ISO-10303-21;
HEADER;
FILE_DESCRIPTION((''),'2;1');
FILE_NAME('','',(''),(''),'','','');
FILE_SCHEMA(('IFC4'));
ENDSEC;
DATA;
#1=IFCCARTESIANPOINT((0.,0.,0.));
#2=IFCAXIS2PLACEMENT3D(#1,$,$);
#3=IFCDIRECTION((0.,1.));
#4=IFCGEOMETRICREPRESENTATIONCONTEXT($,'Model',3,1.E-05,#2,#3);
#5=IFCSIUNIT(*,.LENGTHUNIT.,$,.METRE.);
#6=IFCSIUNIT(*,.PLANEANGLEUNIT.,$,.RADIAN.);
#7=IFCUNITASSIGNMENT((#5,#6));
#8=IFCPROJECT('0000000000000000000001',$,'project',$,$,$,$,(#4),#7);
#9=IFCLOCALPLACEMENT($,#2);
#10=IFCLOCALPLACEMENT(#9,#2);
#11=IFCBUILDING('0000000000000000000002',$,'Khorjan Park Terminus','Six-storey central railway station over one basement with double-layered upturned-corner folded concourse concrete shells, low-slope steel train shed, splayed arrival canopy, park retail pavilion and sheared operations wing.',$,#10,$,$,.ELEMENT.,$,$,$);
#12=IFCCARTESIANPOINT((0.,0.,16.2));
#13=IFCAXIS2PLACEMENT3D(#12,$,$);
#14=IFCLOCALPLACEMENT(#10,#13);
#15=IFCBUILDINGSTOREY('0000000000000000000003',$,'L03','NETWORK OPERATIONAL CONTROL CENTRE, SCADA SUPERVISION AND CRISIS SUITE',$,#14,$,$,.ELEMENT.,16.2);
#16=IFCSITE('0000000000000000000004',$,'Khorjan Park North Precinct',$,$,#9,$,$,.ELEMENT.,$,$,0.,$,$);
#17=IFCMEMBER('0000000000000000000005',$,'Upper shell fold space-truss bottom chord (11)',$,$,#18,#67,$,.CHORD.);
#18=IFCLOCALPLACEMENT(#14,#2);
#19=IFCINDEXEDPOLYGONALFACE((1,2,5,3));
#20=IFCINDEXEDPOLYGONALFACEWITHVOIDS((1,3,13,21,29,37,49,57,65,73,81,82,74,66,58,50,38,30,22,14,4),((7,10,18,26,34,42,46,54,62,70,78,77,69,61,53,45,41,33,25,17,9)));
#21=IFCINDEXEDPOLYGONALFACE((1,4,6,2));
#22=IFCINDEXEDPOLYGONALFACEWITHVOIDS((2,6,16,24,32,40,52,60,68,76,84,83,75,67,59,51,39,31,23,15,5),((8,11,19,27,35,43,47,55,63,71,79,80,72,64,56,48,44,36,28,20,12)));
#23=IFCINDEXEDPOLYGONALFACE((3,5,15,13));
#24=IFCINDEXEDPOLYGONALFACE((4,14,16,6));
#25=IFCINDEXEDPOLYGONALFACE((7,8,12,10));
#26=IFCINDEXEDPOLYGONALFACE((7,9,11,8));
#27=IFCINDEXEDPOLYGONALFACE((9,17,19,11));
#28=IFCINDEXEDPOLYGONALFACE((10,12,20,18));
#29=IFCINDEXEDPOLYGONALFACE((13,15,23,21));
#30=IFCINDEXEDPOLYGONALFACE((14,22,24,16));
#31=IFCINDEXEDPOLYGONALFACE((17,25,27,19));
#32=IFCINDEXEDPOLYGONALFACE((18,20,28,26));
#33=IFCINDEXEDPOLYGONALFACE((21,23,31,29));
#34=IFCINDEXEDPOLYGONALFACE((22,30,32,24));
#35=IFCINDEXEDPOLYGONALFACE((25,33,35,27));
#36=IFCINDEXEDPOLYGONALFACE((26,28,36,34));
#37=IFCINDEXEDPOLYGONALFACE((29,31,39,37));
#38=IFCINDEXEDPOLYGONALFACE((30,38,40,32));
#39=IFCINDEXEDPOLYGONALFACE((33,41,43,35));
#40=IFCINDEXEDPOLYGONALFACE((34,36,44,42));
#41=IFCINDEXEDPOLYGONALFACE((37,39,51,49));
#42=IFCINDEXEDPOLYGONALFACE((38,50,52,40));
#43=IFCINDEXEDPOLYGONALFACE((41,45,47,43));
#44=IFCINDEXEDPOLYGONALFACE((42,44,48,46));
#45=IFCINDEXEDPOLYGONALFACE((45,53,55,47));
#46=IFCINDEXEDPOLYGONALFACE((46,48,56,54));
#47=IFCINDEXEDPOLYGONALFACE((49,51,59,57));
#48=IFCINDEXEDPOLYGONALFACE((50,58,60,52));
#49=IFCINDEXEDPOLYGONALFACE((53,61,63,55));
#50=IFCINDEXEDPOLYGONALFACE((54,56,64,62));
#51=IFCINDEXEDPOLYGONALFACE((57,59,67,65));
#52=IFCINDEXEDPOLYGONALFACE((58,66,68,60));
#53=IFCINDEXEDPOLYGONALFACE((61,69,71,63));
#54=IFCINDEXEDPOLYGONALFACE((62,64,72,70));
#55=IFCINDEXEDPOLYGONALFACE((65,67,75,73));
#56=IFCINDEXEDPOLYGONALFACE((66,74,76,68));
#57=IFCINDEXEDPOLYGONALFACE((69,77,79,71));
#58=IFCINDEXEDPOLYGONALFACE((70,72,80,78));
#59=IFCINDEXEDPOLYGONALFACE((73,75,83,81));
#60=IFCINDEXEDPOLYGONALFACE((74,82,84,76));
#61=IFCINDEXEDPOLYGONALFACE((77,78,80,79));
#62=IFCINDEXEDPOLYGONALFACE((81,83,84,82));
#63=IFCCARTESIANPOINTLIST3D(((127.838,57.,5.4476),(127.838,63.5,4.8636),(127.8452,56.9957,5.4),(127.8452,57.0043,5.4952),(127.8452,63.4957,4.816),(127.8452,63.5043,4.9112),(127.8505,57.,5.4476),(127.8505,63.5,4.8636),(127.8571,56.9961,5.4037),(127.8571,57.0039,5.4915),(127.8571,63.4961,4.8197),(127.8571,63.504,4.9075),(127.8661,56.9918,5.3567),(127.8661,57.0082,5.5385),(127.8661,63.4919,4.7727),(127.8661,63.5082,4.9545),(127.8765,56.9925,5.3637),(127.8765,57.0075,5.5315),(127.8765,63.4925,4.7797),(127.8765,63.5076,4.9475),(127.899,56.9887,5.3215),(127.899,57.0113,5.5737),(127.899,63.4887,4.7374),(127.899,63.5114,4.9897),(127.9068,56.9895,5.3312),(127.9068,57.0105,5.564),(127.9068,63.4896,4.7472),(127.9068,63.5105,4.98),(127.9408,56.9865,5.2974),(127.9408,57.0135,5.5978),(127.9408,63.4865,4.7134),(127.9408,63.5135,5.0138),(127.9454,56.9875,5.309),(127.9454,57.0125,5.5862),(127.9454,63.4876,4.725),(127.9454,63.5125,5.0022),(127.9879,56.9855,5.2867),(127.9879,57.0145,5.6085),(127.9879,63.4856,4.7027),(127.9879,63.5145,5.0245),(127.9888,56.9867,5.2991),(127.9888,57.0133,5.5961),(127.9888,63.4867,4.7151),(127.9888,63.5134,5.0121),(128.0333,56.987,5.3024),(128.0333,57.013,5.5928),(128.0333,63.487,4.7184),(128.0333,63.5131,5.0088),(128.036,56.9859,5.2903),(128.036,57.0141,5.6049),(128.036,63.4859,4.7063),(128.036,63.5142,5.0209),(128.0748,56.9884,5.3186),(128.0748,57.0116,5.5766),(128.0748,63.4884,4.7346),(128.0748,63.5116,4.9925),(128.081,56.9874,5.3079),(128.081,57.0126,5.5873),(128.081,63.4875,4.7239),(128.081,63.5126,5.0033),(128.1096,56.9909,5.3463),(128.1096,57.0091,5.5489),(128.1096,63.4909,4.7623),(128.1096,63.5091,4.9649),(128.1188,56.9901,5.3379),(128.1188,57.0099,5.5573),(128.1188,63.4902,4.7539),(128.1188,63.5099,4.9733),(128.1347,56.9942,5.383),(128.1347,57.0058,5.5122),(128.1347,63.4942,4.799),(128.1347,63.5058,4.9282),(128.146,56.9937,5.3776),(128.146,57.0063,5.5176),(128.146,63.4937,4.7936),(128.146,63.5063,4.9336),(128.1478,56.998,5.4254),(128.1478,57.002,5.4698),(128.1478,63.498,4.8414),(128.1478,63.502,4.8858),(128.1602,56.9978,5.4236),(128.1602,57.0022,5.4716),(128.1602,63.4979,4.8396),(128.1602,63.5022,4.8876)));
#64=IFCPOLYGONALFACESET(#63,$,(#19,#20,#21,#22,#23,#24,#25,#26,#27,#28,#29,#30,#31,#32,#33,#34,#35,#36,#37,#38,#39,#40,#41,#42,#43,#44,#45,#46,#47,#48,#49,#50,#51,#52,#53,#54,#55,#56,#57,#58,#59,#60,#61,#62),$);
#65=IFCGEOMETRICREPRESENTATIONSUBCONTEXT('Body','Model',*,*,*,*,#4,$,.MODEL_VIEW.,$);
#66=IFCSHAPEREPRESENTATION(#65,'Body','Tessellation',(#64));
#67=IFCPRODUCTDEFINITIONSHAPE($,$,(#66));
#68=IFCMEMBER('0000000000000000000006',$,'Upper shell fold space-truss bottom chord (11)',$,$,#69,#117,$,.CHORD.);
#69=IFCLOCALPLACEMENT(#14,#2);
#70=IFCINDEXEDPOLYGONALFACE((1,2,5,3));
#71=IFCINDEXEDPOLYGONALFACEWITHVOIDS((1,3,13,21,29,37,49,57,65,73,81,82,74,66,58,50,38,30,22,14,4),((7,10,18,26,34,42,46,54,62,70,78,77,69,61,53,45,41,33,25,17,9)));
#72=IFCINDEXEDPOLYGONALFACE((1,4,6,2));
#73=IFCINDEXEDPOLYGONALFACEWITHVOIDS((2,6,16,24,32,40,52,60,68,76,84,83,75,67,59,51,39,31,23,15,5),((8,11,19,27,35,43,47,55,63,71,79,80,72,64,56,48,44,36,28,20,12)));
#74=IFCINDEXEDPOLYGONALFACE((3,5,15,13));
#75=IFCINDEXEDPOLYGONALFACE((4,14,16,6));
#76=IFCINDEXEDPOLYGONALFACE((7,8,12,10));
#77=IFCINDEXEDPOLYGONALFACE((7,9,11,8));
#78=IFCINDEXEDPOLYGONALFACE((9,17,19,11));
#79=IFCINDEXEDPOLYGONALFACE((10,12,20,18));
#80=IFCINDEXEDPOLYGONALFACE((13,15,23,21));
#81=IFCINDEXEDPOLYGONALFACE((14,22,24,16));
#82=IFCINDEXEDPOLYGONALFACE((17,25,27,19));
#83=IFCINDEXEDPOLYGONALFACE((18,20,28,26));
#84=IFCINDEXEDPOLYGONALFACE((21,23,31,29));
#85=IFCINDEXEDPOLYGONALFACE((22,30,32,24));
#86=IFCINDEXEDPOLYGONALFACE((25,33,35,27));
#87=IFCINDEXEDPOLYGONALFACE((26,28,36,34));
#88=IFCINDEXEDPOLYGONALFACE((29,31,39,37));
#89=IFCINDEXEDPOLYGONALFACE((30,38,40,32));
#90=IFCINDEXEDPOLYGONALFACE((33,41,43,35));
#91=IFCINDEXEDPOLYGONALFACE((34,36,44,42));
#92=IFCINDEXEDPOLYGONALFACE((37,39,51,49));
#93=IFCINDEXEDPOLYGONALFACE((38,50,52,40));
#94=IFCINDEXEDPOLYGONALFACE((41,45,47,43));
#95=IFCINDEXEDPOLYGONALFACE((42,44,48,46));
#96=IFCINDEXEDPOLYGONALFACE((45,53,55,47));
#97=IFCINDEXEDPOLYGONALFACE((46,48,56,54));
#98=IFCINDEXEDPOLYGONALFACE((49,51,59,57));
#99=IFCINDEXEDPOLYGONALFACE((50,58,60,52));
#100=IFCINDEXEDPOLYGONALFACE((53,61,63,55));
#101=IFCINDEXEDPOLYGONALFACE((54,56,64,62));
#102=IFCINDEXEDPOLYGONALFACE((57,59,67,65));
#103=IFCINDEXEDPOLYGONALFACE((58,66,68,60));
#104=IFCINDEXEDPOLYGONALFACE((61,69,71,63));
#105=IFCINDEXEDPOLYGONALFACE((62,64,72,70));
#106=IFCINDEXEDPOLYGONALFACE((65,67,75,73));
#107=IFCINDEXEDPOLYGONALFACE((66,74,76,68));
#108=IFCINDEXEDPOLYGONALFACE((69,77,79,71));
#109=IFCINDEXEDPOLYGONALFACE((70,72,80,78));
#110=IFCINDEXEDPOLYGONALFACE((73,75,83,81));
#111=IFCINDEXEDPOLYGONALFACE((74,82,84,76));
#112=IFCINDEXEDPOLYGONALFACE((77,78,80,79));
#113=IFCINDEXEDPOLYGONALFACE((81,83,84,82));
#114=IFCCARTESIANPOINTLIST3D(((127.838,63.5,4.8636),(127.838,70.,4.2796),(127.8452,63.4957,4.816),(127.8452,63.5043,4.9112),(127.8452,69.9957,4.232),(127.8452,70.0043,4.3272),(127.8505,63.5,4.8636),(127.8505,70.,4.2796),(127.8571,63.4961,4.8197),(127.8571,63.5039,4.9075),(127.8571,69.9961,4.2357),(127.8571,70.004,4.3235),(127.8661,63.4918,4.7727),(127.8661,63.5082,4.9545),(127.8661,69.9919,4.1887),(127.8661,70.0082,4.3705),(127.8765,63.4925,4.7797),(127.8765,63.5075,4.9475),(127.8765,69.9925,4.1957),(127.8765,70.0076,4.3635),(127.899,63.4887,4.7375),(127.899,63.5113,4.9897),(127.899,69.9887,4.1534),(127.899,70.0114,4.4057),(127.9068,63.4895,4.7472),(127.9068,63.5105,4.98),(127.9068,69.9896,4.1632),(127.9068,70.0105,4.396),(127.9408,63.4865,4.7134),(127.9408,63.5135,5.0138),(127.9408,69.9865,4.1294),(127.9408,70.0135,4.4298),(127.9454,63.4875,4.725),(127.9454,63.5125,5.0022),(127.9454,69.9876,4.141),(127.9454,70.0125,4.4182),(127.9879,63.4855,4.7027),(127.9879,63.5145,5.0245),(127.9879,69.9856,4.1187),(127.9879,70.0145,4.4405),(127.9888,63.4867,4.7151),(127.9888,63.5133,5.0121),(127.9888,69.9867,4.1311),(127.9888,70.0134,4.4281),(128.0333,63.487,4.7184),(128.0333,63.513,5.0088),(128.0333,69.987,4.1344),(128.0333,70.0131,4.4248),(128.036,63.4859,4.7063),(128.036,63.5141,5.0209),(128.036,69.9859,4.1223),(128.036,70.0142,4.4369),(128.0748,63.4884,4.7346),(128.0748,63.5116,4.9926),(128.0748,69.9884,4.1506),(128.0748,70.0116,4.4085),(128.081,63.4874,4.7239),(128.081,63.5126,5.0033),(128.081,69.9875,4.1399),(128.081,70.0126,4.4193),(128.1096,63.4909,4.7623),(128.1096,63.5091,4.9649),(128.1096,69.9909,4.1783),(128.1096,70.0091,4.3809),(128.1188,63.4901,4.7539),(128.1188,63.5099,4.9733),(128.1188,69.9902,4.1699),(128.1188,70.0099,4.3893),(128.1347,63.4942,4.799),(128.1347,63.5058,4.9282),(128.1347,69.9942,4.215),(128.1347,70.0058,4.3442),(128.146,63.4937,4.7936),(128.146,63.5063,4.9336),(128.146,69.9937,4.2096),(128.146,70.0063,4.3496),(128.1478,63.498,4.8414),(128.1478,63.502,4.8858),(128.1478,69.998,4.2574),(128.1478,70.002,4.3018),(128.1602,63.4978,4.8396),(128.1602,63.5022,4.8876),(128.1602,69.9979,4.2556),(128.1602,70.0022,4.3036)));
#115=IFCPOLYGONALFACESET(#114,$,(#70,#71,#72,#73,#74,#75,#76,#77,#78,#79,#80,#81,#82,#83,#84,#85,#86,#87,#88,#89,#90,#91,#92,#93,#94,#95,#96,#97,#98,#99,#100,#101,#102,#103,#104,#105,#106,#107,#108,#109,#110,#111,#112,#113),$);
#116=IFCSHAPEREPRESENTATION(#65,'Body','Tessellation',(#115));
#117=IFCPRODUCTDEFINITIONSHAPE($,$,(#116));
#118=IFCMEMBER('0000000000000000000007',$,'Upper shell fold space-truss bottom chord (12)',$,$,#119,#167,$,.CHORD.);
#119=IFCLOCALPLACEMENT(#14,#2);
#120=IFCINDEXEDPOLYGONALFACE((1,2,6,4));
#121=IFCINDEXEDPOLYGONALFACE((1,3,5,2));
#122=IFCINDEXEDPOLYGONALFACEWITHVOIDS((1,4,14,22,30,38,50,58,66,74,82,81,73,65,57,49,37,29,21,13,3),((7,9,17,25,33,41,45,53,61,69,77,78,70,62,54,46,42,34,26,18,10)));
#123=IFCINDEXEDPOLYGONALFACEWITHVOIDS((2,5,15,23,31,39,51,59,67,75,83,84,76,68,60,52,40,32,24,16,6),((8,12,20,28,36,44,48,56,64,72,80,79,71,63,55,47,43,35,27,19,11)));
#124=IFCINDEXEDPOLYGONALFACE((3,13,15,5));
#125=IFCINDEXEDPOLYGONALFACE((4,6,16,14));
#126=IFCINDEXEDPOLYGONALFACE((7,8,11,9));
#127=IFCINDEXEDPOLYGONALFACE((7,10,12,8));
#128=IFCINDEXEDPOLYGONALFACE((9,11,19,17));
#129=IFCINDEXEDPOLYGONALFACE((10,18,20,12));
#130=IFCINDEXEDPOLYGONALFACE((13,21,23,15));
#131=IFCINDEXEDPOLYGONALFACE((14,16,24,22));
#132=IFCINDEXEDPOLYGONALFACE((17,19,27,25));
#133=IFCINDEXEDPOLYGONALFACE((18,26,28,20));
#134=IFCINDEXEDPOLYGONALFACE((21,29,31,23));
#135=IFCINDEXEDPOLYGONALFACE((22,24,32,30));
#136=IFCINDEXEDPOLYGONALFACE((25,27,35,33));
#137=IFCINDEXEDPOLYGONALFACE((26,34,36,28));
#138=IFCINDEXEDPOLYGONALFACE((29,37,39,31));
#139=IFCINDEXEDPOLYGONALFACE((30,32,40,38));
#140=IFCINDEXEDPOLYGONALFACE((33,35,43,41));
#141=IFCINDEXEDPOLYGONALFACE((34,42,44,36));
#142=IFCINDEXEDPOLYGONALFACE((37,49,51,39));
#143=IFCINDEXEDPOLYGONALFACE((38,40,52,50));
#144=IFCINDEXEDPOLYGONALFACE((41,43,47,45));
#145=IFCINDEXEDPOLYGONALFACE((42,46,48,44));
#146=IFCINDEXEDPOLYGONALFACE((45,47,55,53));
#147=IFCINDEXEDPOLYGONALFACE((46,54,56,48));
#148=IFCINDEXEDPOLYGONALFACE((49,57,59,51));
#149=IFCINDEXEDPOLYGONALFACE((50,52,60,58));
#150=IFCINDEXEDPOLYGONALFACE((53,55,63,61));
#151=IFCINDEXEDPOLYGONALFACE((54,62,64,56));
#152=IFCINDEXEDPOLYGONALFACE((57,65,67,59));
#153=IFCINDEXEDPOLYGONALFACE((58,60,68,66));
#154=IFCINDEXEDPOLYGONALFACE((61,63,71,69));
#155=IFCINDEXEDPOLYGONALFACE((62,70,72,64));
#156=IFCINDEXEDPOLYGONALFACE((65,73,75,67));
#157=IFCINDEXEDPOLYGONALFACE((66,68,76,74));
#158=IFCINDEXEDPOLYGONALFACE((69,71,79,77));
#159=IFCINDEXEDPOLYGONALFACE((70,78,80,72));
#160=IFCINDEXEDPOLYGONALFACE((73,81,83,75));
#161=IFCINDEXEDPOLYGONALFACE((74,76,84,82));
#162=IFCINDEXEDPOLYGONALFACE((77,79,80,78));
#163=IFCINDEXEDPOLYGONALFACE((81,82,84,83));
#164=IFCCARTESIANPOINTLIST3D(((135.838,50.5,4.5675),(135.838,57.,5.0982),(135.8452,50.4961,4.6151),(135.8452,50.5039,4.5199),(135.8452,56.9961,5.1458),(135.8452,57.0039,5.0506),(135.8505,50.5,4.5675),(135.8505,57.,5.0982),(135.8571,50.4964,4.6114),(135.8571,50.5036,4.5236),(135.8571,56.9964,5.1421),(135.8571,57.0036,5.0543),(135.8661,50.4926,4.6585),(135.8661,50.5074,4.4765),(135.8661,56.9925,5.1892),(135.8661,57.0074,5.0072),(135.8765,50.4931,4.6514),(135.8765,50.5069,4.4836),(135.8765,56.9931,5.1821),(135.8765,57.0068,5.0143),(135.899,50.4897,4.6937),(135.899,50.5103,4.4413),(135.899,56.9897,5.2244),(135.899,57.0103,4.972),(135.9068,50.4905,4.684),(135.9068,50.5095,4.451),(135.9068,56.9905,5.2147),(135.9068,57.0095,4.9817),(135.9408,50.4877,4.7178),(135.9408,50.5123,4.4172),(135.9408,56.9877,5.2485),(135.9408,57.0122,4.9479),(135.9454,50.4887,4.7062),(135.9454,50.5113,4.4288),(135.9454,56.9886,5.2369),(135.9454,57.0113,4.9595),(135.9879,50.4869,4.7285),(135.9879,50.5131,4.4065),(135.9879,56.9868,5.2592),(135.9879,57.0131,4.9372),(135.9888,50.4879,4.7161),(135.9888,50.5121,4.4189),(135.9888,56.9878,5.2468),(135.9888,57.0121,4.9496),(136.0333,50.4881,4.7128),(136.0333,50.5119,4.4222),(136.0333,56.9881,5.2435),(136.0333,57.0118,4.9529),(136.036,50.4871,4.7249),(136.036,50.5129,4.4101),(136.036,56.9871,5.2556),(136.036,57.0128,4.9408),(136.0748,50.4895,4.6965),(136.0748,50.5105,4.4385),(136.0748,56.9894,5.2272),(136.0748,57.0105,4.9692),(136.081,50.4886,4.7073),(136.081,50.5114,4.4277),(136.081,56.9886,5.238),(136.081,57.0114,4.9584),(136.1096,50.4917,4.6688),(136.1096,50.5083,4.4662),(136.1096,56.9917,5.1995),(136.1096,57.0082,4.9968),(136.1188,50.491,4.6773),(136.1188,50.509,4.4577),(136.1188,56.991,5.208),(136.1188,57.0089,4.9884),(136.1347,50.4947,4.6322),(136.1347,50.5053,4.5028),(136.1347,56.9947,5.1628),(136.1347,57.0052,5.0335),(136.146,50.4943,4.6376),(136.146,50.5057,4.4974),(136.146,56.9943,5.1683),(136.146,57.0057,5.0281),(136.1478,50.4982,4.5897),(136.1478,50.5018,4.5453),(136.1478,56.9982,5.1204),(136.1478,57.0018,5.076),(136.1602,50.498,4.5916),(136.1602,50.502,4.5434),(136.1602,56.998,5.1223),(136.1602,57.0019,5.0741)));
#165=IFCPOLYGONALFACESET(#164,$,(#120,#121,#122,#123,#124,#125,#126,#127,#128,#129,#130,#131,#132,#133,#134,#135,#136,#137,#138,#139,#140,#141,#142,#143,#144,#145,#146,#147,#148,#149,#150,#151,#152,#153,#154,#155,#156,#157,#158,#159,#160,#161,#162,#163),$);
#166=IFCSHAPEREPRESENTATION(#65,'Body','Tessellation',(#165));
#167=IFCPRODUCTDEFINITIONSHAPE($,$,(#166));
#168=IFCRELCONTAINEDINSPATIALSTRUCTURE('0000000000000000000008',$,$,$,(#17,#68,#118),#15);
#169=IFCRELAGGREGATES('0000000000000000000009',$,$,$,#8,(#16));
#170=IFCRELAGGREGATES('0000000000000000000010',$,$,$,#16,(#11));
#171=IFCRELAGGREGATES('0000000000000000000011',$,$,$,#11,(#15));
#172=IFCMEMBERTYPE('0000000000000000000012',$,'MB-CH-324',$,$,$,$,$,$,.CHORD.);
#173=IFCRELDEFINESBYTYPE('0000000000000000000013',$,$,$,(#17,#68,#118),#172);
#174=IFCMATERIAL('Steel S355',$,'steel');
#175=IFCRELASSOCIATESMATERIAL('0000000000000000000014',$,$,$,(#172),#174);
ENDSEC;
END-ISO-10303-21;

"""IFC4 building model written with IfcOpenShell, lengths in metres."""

from ifc_helpers import new_model, si_unit, direction, frame, origin, origin_2d, place, context, subcontext, project, spatial, hollow_circle, extrude, material, material_profile, profile_set, type_object, element, save


model = new_model("IFC4")

# Units and contexts
model_context = context("Model", 3, precision=1e-05, world=origin(), true_north=direction((0.0, 1.0)))
body_context = subcontext(model_context, "Body", "Model", "MODEL_VIEW")
ifc_project = project(units=[si_unit("LENGTHUNIT", "METRE"), si_unit("PLANEANGLEUNIT", "RADIAN")], contexts=[model_context])

# Site, building, storey
site_placement = place(None, origin())
site = spatial("IfcSite", under=ifc_project, at=site_placement, Name="Khorjan Park North Precinct", CompositionType="ELEMENT", RefElevation=0.0)
building_placement = place(site_placement, origin())
building = spatial("IfcBuilding", under=site, at=building_placement, Name="Khorjan Park Terminus", Description="Six-storey central railway station over one basement with double-layered upturned-corner folded concourse concrete shells, low-slope steel train shed, splayed arrival canopy, park retail pavilion and sheared operations wing.", CompositionType="ELEMENT")
storey_placement = place(building_placement, frame((0.0, 0.0, 16.2)))
storey = spatial("IfcBuildingStorey", under=building, at=storey_placement, Name="L03", Description="NETWORK OPERATIONAL CONTROL CENTRE, SCADA SUPERVISION AND CRISIS SUITE", CompositionType="ELEMENT", Elevation=16.2)

# Members
ifc_material_1 = material(Name="Steel S355", Category="steel")
ifc_material_profile_1 = material_profile(ifc_material_1, hollow_circle(Radius=0.162, WallThickness=0.0125, at=origin_2d()), Name="CHS 323.9x12.5")
ifc_profile_set_1 = profile_set([ifc_material_profile_1], Name="Steel S355")
member_type_1 = type_object("IfcMemberType", Name="MB-CH-324", PredefinedType="CHORD", material=ifc_profile_set_1)
for number, where, z_axis, x_axis, name in (
    (1, (128.0, 57.0, 5.4476), (0.0, 0.995988, -0.089486), (-1.0, 0.0, 0.0), "Upper shell fold space-truss bottom chord (11)"),
    (2, (128.0, 63.5, 4.8636), (0.0, 0.995988, -0.089486), (-1.0, 0.0, 0.0), "Upper shell fold space-truss bottom chord (11)"),
):
    element("IfcMember", number, at=place(storey_placement, frame(where, z_axis=z_axis, x_axis=x_axis)), inside=storey, type_object=member_type_1, Name=name, PredefinedType="CHORD", context=body_context, shape_type="SweptSolid", body=[
        extrude(hollow_circle(Radius=0.162, WallThickness=0.0125, at=origin_2d()), origin(), (0.0, 0.0, 1.0), 6.5262),
    ])
for number, where, z_axis, x_axis, name in (
    (3, (136.0, 50.5, 4.5675), (0.0, 0.996684, 0.081375), (-1.0, 0.0, 0.0), "Upper shell fold space-truss bottom chord (12)"),
):
    element("IfcMember", number, at=place(storey_placement, frame(where, z_axis=z_axis, x_axis=x_axis)), inside=storey, type_object=member_type_1, Name=name, PredefinedType="CHORD", context=body_context, shape_type="SweptSolid", body=[
        extrude(hollow_circle(Radius=0.162, WallThickness=0.0125, at=origin_2d()), origin(), (0.0, 0.0, 1.0), 6.5216),
    ])

save(model, "model.ifc")
